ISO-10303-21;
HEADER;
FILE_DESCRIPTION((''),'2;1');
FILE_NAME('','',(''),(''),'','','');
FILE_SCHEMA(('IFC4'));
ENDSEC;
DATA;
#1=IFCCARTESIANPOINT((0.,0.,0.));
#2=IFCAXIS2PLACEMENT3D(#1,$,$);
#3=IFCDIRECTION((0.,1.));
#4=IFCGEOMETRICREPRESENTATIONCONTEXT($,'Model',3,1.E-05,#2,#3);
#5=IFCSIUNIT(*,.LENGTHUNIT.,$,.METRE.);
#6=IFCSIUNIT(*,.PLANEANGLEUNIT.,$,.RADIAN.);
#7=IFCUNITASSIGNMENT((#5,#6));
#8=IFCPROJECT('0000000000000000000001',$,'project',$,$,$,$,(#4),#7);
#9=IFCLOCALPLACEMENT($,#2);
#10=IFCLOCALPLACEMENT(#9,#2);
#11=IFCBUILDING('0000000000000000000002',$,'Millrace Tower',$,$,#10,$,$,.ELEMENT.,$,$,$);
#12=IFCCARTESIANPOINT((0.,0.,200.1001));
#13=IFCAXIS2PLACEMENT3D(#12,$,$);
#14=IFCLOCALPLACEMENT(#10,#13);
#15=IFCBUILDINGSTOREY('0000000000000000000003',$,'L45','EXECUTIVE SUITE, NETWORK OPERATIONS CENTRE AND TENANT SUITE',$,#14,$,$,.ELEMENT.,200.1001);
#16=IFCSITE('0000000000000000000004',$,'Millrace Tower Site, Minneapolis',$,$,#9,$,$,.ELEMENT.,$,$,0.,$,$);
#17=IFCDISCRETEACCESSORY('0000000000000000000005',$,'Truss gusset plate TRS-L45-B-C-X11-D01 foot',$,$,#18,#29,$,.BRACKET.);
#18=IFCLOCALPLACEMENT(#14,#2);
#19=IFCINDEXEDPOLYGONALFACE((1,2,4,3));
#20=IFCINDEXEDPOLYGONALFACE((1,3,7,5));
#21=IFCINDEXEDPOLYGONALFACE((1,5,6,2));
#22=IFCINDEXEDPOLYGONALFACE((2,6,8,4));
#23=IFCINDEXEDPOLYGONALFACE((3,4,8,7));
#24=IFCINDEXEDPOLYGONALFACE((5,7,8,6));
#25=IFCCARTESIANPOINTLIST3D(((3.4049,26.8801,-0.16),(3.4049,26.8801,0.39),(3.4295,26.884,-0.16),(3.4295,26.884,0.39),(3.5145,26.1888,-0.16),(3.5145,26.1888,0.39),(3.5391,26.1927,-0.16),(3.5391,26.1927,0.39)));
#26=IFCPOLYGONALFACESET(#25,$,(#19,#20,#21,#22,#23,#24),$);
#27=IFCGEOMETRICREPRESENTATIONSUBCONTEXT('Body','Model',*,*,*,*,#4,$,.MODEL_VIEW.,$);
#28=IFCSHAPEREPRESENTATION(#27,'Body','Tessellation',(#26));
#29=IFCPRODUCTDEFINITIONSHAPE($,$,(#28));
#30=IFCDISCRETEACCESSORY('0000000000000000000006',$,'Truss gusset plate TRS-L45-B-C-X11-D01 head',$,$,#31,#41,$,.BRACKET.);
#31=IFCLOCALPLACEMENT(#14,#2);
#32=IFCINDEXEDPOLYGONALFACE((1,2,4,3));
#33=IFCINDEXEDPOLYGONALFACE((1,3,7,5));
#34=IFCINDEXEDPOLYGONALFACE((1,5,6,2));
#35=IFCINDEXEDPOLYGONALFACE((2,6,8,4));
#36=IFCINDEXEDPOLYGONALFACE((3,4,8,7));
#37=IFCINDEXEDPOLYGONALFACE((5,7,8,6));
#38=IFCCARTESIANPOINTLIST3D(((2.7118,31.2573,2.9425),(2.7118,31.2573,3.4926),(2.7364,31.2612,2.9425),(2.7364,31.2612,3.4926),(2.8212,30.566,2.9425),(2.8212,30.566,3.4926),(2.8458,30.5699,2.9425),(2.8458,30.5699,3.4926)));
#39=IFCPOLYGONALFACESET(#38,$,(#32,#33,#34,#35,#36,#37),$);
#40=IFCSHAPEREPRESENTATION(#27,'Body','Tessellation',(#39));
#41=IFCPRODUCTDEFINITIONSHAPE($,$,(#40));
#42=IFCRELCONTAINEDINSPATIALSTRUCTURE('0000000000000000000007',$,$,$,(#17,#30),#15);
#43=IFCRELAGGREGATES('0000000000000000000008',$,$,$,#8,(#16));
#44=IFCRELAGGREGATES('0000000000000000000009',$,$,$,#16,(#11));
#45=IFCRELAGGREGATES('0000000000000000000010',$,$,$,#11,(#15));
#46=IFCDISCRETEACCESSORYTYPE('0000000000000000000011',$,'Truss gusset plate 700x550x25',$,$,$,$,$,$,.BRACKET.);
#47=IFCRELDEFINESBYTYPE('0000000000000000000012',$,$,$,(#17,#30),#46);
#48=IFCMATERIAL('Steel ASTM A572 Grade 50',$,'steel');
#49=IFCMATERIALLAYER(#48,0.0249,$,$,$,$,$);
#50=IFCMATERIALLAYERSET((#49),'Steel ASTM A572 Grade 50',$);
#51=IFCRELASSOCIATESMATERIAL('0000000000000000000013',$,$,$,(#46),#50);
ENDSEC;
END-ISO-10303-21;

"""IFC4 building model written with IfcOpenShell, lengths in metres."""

from ifc_helpers import new_model, si_unit, direction, frame, origin, origin_2d, place, context, subcontext, project, spatial, rectangle, extrude, material, layer, layer_set, type_object, element, save


model = new_model("IFC4")

# Units and contexts
model_context = context("Model", 3, precision=1e-05, world=origin(), true_north=direction((0.0, 1.0)))
body_context = subcontext(model_context, "Body", "Model", "MODEL_VIEW")
ifc_project = project(units=[si_unit("LENGTHUNIT", "METRE"), si_unit("PLANEANGLEUNIT", "RADIAN")], contexts=[model_context])

# Site, building, storey
site_placement = place(None, origin())
site = spatial("IfcSite", under=ifc_project, at=site_placement, Name="Millrace Tower Site, Minneapolis", CompositionType="ELEMENT", RefElevation=0.0)
building_placement = place(site_placement, origin())
building = spatial("IfcBuilding", under=site, at=building_placement, Name="Millrace Tower", CompositionType="ELEMENT")
storey_placement = place(building_placement, frame((0.0, 0.0, 200.1001)))
storey = spatial("IfcBuildingStorey", under=building, at=storey_placement, Name="L45", Description="EXECUTIVE SUITE, NETWORK OPERATIONS CENTRE AND TENANT SUITE", CompositionType="ELEMENT", Elevation=200.1001)

# Discrete accessories
ifc_material_1 = material(Name="Steel ASTM A572 Grade 50", Category="steel")
ifc_layer_1 = layer(ifc_material_1, 0.0249)
ifc_layer_set_1 = layer_set([ifc_layer_1], Name="Steel ASTM A572 Grade 50")
discrete_accessory_type = type_object("IfcDiscreteAccessoryType", Name="Truss gusset plate 700x550x25", PredefinedType="BRACKET", material=ifc_layer_set_1)
for number, where, z_axis, x_axis, name in (
    (1, (3.4172, 26.8821, 0.115), (0.156589, -0.987664, 0.0), (0.987664, 0.156589, 0.0), "Truss gusset plate TRS-L45-B-C-X11-D01 foot"),
    (2, (2.7241, 31.2593, 3.2175), (0.156249, -0.987718, 0.0), (0.987718, 0.156249, 0.0), "Truss gusset plate TRS-L45-B-C-X11-D01 head"),
):
    element("IfcDiscreteAccessory", number, at=place(storey_placement, frame(where, z_axis=z_axis, x_axis=x_axis)), inside=storey, type_object=discrete_accessory_type, Name=name, PredefinedType="BRACKET", context=body_context, shape_type="SweptSolid", body=[
        extrude(rectangle(XDim=0.0249, YDim=0.55, at=origin_2d()), origin(), (0.0, 0.0, 1.0), 0.7),
    ])

save(model, "model.ifc")
